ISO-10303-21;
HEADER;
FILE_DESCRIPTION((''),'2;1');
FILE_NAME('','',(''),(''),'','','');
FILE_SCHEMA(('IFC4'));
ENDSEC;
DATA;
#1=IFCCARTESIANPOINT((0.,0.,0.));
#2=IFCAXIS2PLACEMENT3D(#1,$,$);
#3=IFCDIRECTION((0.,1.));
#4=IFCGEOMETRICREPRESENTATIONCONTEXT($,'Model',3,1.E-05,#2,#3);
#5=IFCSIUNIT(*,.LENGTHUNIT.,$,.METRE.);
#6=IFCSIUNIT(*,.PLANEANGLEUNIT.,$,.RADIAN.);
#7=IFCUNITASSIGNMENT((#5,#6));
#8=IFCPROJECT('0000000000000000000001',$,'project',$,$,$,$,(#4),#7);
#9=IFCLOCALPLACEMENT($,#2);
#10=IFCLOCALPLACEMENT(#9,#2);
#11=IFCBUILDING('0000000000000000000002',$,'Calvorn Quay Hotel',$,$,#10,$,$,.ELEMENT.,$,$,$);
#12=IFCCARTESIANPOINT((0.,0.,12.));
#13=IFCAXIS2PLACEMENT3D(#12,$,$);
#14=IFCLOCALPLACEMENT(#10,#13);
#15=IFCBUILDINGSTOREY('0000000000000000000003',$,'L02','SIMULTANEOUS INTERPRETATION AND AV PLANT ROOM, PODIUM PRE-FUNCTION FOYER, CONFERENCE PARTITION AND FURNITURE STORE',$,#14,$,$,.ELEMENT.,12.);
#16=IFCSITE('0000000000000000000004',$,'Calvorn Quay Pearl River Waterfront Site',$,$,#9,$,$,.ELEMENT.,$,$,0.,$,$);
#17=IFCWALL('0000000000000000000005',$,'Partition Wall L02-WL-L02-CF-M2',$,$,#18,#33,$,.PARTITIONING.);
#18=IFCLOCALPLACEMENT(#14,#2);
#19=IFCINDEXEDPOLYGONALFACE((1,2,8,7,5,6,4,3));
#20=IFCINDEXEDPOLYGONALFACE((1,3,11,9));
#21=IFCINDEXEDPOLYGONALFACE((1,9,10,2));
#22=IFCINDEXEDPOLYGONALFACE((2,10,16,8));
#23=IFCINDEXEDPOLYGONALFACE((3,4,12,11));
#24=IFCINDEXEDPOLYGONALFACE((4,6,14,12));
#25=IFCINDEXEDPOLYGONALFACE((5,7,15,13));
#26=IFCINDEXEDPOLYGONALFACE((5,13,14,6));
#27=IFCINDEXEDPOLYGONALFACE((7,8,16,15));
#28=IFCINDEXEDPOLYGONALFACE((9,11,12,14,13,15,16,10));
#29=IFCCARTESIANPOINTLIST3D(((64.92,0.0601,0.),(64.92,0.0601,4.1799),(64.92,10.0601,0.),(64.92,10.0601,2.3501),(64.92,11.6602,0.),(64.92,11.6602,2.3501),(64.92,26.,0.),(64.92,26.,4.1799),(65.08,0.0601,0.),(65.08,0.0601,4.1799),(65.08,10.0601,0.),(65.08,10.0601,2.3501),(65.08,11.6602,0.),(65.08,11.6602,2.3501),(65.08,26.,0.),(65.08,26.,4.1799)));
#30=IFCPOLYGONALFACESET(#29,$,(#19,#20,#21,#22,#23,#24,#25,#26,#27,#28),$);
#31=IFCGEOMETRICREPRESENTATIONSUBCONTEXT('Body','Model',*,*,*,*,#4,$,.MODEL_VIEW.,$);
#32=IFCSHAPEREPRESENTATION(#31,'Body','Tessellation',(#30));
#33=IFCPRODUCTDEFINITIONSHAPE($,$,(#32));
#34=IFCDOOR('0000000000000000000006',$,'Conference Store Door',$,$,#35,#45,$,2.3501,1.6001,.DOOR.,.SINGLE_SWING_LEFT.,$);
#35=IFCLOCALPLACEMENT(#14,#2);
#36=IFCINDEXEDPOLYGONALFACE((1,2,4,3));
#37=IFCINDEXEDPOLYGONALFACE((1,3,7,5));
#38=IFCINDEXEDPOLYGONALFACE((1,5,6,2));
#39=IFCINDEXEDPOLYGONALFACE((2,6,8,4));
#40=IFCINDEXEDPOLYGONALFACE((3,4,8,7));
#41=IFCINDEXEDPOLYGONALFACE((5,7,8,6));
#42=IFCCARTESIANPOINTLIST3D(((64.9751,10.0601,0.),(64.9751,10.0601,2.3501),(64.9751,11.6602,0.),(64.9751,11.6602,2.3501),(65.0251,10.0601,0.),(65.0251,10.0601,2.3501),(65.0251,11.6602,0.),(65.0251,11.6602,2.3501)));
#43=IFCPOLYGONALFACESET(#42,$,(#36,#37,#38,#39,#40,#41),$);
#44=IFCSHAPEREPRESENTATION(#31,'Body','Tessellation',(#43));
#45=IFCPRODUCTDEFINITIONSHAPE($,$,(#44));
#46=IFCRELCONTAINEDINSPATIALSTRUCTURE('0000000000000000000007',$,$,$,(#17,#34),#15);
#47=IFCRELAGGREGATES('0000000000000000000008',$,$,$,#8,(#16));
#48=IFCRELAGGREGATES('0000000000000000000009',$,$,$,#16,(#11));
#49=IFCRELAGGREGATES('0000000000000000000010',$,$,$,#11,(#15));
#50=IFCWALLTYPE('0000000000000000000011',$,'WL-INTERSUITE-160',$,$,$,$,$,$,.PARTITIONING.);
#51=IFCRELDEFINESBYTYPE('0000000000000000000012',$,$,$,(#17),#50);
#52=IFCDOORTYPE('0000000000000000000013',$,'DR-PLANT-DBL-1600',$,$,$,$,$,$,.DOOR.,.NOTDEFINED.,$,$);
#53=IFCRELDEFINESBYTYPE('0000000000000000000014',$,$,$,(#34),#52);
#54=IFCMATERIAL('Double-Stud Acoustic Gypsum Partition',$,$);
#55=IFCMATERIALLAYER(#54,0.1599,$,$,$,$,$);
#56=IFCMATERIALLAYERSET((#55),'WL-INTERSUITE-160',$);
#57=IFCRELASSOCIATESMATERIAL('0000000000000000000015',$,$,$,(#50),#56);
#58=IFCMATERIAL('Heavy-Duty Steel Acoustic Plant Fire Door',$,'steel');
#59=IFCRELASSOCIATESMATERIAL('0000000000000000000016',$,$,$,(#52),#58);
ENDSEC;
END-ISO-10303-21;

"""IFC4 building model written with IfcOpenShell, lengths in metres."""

from ifc_helpers import new_model, si_unit, direction, frame, frame_2d, origin, place, context, subcontext, project, spatial, rectangle, extrude, material, layer, layer_set, type_object, element, fill, save


model = new_model("IFC4")

# Units and contexts
model_context = context("Model", 3, precision=1e-05, world=origin(), true_north=direction((0.0, 1.0)))
body_context = subcontext(model_context, "Body", "Model", "MODEL_VIEW")
ifc_project = project(units=[si_unit("LENGTHUNIT", "METRE"), si_unit("PLANEANGLEUNIT", "RADIAN")], contexts=[model_context])

# Site, building, storey
site_placement = place(None, origin())
site = spatial("IfcSite", under=ifc_project, at=site_placement, Name="Calvorn Quay Pearl River Waterfront Site", CompositionType="ELEMENT", RefElevation=0.0)
building_placement = place(site_placement, origin())
building = spatial("IfcBuilding", under=site, at=building_placement, Name="Calvorn Quay Hotel", CompositionType="ELEMENT")
storey_placement = place(building_placement, frame((0.0, 0.0, 12.0)))
storey = spatial("IfcBuildingStorey", under=building, at=storey_placement, Name="L02", Description="SIMULTANEOUS INTERPRETATION AND AV PLANT ROOM, PODIUM PRE-FUNCTION FOYER, CONFERENCE PARTITION AND FURNITURE STORE", CompositionType="ELEMENT", Elevation=12.0)

# Wall, opening, door
ifc_material_1 = material(Name="Double-Stud Acoustic Gypsum Partition")
ifc_layer_1 = layer(ifc_material_1, 0.1599)
ifc_layer_set_1 = layer_set([ifc_layer_1], Name="WL-INTERSUITE-160")
wall_type_1 = type_object("IfcWallType", Name="WL-INTERSUITE-160", PredefinedType="PARTITIONING", material=ifc_layer_set_1)
wall_placement = place(storey_placement, frame((65.0, 0.0601, 0.0), z_axis=(0.0, 0.0, 1.0), x_axis=(0.0, 1.0, 0.0)))
wall = element("IfcWall", 1, at=wall_placement, inside=storey, type_object=wall_type_1, Name="Partition Wall L02-WL-L02-CF-M2", PredefinedType="PARTITIONING", context=body_context, shape_type="SweptSolid", body=[
    extrude(rectangle(XDim=25.9399, YDim=0.1599, at=frame_2d((12.97, 0.0))), origin(), (0.0, 0.0, 1.0), 4.1799),
])
opening_placement = place(wall_placement, frame((10.0, 0.0, 0.0)))
opening = element("IfcOpeningElement", 2, at=opening_placement, cuts=wall, PredefinedType="OPENING", context=body_context, shape_type="SweptSolid", body=[
    extrude(rectangle(XDim=1.6001, YDim=2.3501, at=frame_2d((0.8, 1.175))), frame((0.0, 0.0898, 0.0), z_axis=(0.0, -1.0, 0.0), x_axis=(1.0, 0.0, 0.0)), (0.0, 0.0, 1.0), 0.1799),
])
ifc_material_2 = material(Name="Heavy-Duty Steel Acoustic Plant Fire Door", Category="steel")
door_type = type_object("IfcDoorType", Name="DR-PLANT-DBL-1600", OperationType="NOTDEFINED", PredefinedType="DOOR", material=ifc_material_2)
door_placement = place(opening_placement, origin())
door = element("IfcDoor", 3, at=door_placement, inside=storey, type_object=door_type, Name="Conference Store Door", OperationType="SINGLE_SWING_LEFT", OverallHeight=2.3501, OverallWidth=1.6001, PredefinedType="DOOR", context=body_context, shape_type="SweptSolid", body=[
    extrude(rectangle(XDim=1.6001, YDim=2.3501, at=frame_2d((0.8, 1.175))), frame((0.0, 0.0249, 0.0), z_axis=(0.0, -1.0, 0.0), x_axis=(1.0, 0.0, 0.0)), (0.0, 0.0, 1.0), 0.05),
])
fill(opening, door)

save(model, "model.ifc")
